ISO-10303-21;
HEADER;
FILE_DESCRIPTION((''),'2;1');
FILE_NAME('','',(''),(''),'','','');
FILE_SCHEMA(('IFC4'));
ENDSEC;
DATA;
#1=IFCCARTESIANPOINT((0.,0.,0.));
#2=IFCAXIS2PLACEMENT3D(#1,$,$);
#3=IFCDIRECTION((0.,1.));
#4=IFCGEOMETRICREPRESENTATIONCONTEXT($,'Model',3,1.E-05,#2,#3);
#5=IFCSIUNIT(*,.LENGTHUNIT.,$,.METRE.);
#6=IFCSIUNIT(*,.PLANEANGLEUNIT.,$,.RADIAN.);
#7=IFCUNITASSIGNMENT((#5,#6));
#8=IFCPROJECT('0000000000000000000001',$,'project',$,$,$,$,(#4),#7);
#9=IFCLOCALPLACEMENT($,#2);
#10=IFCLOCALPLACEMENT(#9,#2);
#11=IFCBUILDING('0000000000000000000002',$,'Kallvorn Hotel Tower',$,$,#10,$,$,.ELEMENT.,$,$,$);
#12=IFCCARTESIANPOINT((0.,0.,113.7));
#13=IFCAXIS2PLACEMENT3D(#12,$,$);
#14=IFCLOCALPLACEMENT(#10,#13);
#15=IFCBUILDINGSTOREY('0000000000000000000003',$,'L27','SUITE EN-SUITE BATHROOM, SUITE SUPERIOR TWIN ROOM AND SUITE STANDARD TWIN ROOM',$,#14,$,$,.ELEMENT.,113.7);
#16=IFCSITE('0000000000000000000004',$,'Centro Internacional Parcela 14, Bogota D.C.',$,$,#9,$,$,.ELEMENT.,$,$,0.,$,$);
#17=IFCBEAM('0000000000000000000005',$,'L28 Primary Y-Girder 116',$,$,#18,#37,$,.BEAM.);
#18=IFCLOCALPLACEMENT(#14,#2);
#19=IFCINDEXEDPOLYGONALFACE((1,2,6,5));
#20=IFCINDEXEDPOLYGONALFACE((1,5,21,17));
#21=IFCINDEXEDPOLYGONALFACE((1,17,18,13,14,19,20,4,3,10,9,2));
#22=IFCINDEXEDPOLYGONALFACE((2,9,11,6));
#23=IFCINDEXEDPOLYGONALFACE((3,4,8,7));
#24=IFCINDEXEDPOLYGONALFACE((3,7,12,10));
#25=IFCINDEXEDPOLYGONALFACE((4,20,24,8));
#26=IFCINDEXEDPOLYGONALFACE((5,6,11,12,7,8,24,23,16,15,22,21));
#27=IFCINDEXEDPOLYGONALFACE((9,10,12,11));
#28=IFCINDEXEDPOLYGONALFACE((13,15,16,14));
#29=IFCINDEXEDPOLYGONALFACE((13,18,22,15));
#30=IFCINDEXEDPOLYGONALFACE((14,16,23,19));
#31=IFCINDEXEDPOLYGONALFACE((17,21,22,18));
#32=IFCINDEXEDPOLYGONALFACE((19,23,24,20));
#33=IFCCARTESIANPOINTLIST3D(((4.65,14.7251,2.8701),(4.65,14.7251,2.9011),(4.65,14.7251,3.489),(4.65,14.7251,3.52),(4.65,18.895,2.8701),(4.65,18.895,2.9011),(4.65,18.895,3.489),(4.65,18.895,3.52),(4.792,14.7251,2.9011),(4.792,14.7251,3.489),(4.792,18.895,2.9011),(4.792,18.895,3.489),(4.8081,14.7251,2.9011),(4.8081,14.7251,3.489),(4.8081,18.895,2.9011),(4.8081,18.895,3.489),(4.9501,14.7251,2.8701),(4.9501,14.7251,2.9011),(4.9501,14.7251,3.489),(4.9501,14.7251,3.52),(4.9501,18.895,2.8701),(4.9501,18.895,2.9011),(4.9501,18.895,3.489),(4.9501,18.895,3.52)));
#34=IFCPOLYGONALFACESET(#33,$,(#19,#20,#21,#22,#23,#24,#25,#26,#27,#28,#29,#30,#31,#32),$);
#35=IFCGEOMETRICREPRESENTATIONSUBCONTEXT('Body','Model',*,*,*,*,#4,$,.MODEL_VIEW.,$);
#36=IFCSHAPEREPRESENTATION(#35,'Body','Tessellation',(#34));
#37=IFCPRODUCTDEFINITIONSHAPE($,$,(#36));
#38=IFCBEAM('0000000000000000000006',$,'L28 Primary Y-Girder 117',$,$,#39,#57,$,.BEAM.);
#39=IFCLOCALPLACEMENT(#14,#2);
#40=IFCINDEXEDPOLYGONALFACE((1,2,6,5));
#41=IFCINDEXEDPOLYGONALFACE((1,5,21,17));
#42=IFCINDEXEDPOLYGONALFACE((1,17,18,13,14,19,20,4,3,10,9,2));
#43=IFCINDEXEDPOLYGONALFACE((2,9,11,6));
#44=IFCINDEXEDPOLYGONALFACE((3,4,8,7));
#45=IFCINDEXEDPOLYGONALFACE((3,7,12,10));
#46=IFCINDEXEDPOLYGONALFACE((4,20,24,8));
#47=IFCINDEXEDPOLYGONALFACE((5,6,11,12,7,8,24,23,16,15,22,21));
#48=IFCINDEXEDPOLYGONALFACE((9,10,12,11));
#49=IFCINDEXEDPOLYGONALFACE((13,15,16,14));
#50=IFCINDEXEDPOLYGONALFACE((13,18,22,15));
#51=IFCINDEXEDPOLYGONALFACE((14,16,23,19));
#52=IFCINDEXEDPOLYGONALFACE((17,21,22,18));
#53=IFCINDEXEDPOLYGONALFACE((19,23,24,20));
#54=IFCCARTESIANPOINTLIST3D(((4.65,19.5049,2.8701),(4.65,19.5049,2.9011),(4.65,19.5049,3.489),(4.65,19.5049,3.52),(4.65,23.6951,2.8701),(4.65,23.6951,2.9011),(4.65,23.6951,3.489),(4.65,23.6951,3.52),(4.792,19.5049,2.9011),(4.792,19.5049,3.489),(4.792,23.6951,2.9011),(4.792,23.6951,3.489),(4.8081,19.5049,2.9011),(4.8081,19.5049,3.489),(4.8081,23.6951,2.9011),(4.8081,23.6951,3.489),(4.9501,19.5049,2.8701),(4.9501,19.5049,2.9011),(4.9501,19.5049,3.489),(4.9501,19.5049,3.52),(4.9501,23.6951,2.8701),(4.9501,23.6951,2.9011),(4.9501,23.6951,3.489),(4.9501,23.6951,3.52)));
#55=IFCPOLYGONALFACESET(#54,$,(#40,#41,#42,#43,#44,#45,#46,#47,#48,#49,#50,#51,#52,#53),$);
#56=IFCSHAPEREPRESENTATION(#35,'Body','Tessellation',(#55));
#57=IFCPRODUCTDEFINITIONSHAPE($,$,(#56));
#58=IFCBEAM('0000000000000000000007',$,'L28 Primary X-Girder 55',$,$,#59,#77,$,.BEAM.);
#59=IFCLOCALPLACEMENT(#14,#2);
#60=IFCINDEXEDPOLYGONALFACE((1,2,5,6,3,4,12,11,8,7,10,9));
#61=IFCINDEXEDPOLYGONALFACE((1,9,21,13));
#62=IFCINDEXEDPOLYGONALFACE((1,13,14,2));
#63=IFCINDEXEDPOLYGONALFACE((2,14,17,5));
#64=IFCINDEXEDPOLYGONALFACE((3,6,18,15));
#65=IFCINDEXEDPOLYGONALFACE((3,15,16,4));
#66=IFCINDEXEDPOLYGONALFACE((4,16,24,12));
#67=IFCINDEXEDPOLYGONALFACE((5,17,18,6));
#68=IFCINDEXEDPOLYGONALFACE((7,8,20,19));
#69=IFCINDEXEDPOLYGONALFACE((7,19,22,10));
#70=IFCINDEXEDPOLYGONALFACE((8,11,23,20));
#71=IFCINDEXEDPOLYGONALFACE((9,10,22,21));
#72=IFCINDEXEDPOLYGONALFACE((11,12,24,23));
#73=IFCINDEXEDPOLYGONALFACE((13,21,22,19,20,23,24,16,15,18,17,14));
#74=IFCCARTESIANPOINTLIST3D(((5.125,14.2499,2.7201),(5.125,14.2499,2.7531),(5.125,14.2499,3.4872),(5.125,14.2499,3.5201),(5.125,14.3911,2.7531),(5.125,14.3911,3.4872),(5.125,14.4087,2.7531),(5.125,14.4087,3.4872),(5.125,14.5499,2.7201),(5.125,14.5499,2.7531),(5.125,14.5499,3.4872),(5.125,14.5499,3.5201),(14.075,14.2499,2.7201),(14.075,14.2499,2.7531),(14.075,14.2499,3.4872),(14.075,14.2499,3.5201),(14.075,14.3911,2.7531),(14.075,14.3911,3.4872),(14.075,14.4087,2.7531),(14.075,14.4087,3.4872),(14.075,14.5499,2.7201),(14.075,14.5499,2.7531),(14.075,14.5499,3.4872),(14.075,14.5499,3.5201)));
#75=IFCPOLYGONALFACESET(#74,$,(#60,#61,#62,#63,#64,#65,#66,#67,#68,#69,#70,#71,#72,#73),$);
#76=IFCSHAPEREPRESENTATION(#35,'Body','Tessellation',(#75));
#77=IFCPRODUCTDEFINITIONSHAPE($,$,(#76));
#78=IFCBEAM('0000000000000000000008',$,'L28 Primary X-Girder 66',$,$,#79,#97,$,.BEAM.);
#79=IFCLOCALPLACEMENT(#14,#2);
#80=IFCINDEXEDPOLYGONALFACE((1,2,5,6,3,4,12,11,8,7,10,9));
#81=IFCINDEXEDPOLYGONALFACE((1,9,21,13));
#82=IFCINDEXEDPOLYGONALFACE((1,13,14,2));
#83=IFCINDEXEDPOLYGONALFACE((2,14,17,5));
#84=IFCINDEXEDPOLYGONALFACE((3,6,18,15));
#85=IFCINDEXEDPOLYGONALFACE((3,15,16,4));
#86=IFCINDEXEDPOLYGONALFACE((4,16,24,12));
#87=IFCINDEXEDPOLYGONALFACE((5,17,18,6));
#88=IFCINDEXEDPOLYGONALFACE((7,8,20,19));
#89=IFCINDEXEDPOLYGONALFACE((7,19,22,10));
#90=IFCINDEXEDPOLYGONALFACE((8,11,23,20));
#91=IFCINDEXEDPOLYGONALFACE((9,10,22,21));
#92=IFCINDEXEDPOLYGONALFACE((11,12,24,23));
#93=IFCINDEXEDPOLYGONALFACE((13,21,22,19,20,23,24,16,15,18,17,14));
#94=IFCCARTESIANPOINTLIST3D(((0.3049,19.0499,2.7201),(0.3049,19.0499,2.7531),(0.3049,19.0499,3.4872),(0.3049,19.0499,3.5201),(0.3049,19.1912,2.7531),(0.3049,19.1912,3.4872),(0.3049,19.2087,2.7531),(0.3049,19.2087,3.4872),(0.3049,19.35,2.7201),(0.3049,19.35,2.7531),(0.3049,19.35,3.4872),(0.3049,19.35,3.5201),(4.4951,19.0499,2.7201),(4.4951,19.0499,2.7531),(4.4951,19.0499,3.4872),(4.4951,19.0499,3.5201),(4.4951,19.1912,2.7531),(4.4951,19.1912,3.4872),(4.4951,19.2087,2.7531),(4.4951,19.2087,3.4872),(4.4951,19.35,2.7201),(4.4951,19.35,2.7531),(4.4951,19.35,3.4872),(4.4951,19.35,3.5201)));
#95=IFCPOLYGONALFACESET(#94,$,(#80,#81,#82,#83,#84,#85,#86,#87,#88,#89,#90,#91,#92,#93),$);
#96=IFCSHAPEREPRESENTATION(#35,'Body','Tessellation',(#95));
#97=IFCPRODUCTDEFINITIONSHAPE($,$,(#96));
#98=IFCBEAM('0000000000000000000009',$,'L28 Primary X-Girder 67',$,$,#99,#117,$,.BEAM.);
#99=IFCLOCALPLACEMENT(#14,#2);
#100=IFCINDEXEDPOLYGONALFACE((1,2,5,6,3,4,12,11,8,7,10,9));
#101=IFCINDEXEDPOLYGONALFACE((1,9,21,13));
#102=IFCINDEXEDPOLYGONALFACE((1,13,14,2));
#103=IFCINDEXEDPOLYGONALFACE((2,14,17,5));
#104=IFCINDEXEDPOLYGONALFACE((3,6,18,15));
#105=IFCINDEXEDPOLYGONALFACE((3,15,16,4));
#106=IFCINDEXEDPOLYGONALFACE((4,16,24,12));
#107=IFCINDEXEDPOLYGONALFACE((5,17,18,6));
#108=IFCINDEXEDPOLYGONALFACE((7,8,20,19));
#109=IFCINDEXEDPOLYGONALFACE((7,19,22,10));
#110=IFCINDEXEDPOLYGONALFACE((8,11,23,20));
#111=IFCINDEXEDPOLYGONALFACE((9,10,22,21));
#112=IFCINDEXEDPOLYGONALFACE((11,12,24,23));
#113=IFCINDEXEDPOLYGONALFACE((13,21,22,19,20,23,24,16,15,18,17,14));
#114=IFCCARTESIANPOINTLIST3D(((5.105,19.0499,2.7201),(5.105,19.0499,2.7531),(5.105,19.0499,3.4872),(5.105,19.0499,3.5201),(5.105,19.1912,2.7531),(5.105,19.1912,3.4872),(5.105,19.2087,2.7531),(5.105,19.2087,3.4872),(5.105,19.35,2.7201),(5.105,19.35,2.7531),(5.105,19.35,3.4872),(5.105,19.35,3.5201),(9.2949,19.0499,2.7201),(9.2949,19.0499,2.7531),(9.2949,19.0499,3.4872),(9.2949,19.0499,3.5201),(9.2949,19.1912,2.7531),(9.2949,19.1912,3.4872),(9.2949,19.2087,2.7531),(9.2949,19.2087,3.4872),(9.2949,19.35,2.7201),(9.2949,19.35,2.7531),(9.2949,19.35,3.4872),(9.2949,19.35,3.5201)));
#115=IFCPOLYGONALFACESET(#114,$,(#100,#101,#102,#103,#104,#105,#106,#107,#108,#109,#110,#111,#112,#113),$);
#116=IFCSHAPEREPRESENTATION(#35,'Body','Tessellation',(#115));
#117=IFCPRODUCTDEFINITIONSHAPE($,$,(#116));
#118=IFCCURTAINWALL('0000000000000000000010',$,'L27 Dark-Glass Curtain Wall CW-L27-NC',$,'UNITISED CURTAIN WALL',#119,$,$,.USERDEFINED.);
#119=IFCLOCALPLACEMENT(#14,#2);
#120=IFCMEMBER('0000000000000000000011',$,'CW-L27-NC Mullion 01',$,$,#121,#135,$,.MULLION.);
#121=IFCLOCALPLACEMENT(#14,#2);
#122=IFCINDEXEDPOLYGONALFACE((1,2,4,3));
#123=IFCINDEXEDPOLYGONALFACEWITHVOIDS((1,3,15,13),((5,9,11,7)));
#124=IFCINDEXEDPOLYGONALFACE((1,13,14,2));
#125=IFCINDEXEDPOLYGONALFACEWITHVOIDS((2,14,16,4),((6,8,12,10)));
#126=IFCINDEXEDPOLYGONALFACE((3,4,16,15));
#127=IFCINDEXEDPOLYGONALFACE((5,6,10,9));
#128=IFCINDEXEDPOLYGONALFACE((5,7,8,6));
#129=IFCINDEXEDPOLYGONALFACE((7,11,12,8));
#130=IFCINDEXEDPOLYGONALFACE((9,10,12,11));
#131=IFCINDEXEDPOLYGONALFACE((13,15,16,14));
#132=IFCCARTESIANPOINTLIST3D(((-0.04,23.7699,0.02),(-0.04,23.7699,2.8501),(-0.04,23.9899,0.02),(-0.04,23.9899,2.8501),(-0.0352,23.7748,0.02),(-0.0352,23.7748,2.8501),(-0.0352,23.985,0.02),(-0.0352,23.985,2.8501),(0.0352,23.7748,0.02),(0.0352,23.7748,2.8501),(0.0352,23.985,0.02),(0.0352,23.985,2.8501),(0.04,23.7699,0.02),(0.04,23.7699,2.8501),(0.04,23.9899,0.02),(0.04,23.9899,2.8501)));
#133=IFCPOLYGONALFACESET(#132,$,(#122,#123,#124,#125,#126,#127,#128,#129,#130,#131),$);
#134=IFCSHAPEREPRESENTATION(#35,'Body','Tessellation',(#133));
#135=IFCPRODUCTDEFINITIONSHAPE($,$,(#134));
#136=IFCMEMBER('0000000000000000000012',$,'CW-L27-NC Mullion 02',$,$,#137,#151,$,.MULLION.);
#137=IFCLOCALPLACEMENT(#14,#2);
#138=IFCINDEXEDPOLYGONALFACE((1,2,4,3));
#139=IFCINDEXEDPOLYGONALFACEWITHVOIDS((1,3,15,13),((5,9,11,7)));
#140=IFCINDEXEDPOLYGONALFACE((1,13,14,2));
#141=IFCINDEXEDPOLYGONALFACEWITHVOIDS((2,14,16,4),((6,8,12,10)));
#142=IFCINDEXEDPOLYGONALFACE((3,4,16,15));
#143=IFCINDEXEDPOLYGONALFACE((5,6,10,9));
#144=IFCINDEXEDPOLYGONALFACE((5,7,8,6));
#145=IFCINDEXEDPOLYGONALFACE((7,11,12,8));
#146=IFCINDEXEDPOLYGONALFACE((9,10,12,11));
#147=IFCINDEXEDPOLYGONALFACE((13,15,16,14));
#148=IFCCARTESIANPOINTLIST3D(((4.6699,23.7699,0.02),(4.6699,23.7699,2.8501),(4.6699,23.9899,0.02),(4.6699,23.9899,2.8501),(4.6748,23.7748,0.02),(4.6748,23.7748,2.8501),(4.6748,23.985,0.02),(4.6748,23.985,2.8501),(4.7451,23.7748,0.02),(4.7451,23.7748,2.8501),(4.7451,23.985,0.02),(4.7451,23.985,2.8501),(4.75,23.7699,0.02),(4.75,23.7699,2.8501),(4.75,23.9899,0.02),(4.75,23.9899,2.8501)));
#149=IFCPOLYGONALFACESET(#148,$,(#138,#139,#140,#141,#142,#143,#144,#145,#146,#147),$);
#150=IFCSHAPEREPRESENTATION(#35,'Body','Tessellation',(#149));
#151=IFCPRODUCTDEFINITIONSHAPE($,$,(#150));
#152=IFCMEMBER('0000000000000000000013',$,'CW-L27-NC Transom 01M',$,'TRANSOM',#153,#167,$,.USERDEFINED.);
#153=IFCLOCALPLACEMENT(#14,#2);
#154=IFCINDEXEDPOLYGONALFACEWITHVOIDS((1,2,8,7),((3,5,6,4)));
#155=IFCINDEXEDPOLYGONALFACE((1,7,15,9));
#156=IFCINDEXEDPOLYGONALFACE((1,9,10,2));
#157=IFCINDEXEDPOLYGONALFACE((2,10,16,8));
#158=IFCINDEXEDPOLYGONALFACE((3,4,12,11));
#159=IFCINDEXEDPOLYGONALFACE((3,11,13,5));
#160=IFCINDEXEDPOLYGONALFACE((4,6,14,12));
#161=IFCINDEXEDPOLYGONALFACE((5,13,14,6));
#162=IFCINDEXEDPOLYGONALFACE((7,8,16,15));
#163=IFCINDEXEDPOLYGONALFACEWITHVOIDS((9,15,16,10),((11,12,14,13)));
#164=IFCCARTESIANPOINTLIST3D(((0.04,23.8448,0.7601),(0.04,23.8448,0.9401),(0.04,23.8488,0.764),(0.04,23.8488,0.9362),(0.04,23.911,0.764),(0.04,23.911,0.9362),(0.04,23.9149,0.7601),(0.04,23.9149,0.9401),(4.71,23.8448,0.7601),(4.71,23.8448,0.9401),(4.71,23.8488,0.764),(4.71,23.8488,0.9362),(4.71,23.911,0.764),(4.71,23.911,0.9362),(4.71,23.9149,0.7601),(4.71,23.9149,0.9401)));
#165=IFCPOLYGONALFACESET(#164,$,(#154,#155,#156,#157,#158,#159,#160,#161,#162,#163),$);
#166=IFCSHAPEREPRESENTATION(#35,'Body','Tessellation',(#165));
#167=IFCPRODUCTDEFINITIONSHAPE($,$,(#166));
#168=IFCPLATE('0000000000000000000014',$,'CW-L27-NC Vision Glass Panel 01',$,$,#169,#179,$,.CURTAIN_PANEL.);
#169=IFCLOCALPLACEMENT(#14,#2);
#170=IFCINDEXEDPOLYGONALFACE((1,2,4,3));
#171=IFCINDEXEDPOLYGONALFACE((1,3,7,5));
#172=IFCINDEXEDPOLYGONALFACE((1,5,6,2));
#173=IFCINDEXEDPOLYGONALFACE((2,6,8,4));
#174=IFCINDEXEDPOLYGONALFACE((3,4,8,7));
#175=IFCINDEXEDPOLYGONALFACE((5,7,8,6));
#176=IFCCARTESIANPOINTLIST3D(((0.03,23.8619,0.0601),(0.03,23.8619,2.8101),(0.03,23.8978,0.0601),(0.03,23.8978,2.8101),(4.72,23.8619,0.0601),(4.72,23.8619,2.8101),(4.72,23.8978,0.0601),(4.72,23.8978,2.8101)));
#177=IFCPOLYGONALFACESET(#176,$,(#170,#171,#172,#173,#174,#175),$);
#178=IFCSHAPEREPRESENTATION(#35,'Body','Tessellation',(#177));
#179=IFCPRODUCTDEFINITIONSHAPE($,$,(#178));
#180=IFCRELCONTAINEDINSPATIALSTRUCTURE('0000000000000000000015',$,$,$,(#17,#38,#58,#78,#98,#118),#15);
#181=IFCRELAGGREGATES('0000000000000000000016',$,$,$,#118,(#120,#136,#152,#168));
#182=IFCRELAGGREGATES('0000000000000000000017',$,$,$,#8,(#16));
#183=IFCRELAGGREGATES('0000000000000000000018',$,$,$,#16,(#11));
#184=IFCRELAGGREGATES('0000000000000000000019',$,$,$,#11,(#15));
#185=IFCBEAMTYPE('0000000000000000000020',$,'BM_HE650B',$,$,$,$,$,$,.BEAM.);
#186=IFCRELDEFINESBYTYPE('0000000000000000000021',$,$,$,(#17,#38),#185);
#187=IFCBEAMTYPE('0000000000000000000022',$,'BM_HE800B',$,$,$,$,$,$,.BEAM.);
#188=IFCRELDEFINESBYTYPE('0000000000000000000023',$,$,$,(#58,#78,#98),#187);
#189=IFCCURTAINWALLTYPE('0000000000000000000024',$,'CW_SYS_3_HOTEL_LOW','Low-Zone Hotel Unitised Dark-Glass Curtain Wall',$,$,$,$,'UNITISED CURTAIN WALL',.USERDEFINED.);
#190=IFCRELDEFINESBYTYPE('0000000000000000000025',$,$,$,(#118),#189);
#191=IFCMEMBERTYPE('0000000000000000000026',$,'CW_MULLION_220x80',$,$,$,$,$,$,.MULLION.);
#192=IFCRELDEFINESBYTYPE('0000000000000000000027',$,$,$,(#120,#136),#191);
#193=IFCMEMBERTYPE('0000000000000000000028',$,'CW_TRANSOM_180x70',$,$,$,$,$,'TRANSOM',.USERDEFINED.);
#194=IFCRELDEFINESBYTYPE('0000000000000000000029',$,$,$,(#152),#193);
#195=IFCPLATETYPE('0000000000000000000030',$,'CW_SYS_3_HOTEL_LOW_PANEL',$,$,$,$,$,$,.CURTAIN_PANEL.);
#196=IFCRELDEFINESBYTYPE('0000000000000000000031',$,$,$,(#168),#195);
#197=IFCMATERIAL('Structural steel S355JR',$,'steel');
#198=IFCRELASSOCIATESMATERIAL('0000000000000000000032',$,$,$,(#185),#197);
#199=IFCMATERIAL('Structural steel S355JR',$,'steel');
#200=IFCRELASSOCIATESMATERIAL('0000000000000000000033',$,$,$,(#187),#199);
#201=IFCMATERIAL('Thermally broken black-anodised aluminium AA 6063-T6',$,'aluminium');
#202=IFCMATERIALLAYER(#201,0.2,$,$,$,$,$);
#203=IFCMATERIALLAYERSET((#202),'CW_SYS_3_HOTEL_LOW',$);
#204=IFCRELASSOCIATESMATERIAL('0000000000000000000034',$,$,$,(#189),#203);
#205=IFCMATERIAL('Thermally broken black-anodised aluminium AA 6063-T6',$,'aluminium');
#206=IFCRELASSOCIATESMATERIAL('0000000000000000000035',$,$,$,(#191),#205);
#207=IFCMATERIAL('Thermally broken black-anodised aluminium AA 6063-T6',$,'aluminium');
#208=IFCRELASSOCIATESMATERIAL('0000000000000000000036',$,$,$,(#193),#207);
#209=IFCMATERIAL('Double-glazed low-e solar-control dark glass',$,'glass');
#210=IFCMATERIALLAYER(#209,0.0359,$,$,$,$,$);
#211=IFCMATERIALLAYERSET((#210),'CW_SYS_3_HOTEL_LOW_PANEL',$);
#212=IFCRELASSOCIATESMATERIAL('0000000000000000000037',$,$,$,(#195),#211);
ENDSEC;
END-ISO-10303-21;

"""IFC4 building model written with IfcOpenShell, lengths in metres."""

from ifc_helpers import new_model, si_unit, direction, frame, origin, origin_2d, place, context, subcontext, project, spatial, rectangle, hollow_rectangle, i_section, extrude, material, layer, layer_set, material_profile, profile_set, type_object, element, aggregate, save


model = new_model("IFC4")

# Units and contexts
model_context = context("Model", 3, precision=1e-05, world=origin(), true_north=direction((0.0, 1.0)))
body_context = subcontext(model_context, "Body", "Model", "MODEL_VIEW")
ifc_project = project(units=[si_unit("LENGTHUNIT", "METRE"), si_unit("PLANEANGLEUNIT", "RADIAN")], contexts=[model_context])

# Site, building, storey
site_placement = place(None, origin())
site = spatial("IfcSite", under=ifc_project, at=site_placement, Name="Centro Internacional Parcela 14, Bogota D.C.", CompositionType="ELEMENT", RefElevation=0.0)
building_placement = place(site_placement, origin())
building = spatial("IfcBuilding", under=site, at=building_placement, Name="Kallvorn Hotel Tower", CompositionType="ELEMENT")
storey_placement = place(building_placement, frame((0.0, 0.0, 113.7)))
storey = spatial("IfcBuildingStorey", under=building, at=storey_placement, Name="L27", Description="SUITE EN-SUITE BATHROOM, SUITE SUPERIOR TWIN ROOM AND SUITE STANDARD TWIN ROOM", CompositionType="ELEMENT", Elevation=113.7)

# Beams
ifc_material_1 = material(Name="Structural steel S355JR", Category="steel")
ifc_material_profile_1 = material_profile(ifc_material_1, i_section(OverallWidth=0.3, OverallDepth=0.6499, WebThickness=0.0161, FlangeThickness=0.031, at=origin_2d()), Name="HE 650 B")
ifc_profile_set_1 = profile_set([ifc_material_profile_1], Name="Structural steel S355JR")
beam_type_1 = type_object("IfcBeamType", Name="BM_HE650B", PredefinedType="BEAM", material=ifc_profile_set_1)
beam_1_placement = place(storey_placement, frame((4.8, 14.7251, 3.1951), z_axis=(0.0, 1.0, 0.0), x_axis=(-1.0, 0.0, 0.0)))
element("IfcBeam", 1, at=beam_1_placement, inside=storey, type_object=beam_type_1, Name="L28 Primary Y-Girder 116", PredefinedType="BEAM", context=body_context, shape_type="SweptSolid", body=[
    extrude(i_section(OverallWidth=0.3, OverallDepth=0.6499, WebThickness=0.0161, FlangeThickness=0.031, at=origin_2d()), origin(), (0.0, 0.0, 1.0), 4.1699),
])
beam_2_placement = place(storey_placement, frame((4.8, 19.5049, 3.1951), z_axis=(0.0, 1.0, 0.0), x_axis=(-1.0, 0.0, 0.0)))
element("IfcBeam", 2, at=beam_2_placement, inside=storey, type_object=beam_type_1, Name="L28 Primary Y-Girder 117", PredefinedType="BEAM", context=body_context, shape_type="SweptSolid", body=[
    extrude(i_section(OverallWidth=0.3, OverallDepth=0.6499, WebThickness=0.0161, FlangeThickness=0.031, at=origin_2d()), origin(), (0.0, 0.0, 1.0), 4.1902),
])
ifc_material_2 = material(Name="Structural steel S355JR", Category="steel")
ifc_material_profile_2 = material_profile(ifc_material_2, i_section(OverallWidth=0.3, OverallDepth=0.8, WebThickness=0.0176, FlangeThickness=0.033, at=origin_2d()), Name="HE 800 B")
ifc_profile_set_2 = profile_set([ifc_material_profile_2], Name="Structural steel S355JR")
beam_type_2 = type_object("IfcBeamType", Name="BM_HE800B", PredefinedType="BEAM", material=ifc_profile_set_2)
beam_3_placement = place(storey_placement, frame((5.125, 14.3999, 3.1201), z_axis=(1.0, 0.0, 0.0), x_axis=(0.0, 1.0, 0.0)))
element("IfcBeam", 3, at=beam_3_placement, inside=storey, type_object=beam_type_2, Name="L28 Primary X-Girder 55", PredefinedType="BEAM", context=body_context, shape_type="SweptSolid", body=[
    extrude(i_section(OverallWidth=0.3, OverallDepth=0.8, WebThickness=0.0176, FlangeThickness=0.033, at=origin_2d()), origin(), (0.0, 0.0, 1.0), 8.95),
])
beam_4_placement = place(storey_placement, frame((0.3049, 19.2, 3.1201), z_axis=(1.0, 0.0, 0.0), x_axis=(0.0, 1.0, 0.0)))
element("IfcBeam", 4, at=beam_4_placement, inside=storey, type_object=beam_type_2, Name="L28 Primary X-Girder 66", PredefinedType="BEAM", context=body_context, shape_type="SweptSolid", body=[
    extrude(i_section(OverallWidth=0.3, OverallDepth=0.8, WebThickness=0.0176, FlangeThickness=0.033, at=origin_2d()), origin(), (0.0, 0.0, 1.0), 4.1902),
])
beam_5_placement = place(storey_placement, frame((5.105, 19.2, 3.1201), z_axis=(1.0, 0.0, 0.0), x_axis=(0.0, 1.0, 0.0)))
element("IfcBeam", 5, at=beam_5_placement, inside=storey, type_object=beam_type_2, Name="L28 Primary X-Girder 67", PredefinedType="BEAM", context=body_context, shape_type="SweptSolid", body=[
    extrude(i_section(OverallWidth=0.3, OverallDepth=0.8, WebThickness=0.0176, FlangeThickness=0.033, at=origin_2d()), origin(), (0.0, 0.0, 1.0), 4.1899),
])

# Curtain wall, members, plate
ifc_material_3 = material(Name="Thermally broken black-anodised aluminium AA 6063-T6", Category="aluminium")
ifc_layer_1 = layer(ifc_material_3, 0.2)
ifc_layer_set_1 = layer_set([ifc_layer_1], Name="CW_SYS_3_HOTEL_LOW")
curtain_wall_type = type_object("IfcCurtainWallType", Name="CW_SYS_3_HOTEL_LOW", Description="Low-Zone Hotel Unitised Dark-Glass Curtain Wall", ElementType="UNITISED CURTAIN WALL", PredefinedType="USERDEFINED", material=ifc_layer_set_1)
curtain_wall_placement = place(storey_placement, origin())
curtain_wall = element("IfcCurtainWall", 6, at=curtain_wall_placement, inside=storey, type_object=curtain_wall_type, Name="L27 Dark-Glass Curtain Wall CW-L27-NC", ObjectType="UNITISED CURTAIN WALL", PredefinedType="USERDEFINED")
ifc_material_4 = material(Name="Thermally broken black-anodised aluminium AA 6063-T6", Category="aluminium")
ifc_material_profile_3 = material_profile(ifc_material_4, hollow_rectangle(XDim=0.0801, YDim=0.22, WallThickness=0.0049, at=origin_2d()), Name="MUL 220x80")
ifc_profile_set_3 = profile_set([ifc_material_profile_3], Name="Thermally broken black-anodised aluminium AA 6063-T6")
member_type_1 = type_object("IfcMemberType", Name="CW_MULLION_220x80", PredefinedType="MULLION", material=ifc_profile_set_3)
member_1_placement = place(storey_placement, frame((0.0, 23.8799, 0.02), z_axis=(0.0, 0.0, 1.0), x_axis=(1.0, 0.0, 0.0)))
member_1 = element("IfcMember", 7, at=member_1_placement, type_object=member_type_1, Name="CW-L27-NC Mullion 01", PredefinedType="MULLION", context=body_context, shape_type="SweptSolid", body=[
    extrude(hollow_rectangle(XDim=0.0801, YDim=0.22, WallThickness=0.0049, at=origin_2d()), origin(), (0.0, 0.0, 1.0), 2.8301),
])
member_2_placement = place(storey_placement, frame((4.71, 23.8799, 0.02), z_axis=(0.0, 0.0, 1.0), x_axis=(1.0, 0.0, 0.0)))
member_2 = element("IfcMember", 8, at=member_2_placement, type_object=member_type_1, Name="CW-L27-NC Mullion 02", PredefinedType="MULLION", context=body_context, shape_type="SweptSolid", body=[
    extrude(hollow_rectangle(XDim=0.0801, YDim=0.22, WallThickness=0.0049, at=origin_2d()), origin(), (0.0, 0.0, 1.0), 2.8301),
])
ifc_material_5 = material(Name="Thermally broken black-anodised aluminium AA 6063-T6", Category="aluminium")
ifc_material_profile_4 = material_profile(ifc_material_5, hollow_rectangle(XDim=0.0701, YDim=0.1799, WallThickness=0.0039, at=origin_2d()), Name="TRN 180x70")
ifc_profile_set_4 = profile_set([ifc_material_profile_4], Name="Thermally broken black-anodised aluminium AA 6063-T6")
member_type_2 = type_object("IfcMemberType", Name="CW_TRANSOM_180x70", ElementType="TRANSOM", PredefinedType="USERDEFINED", material=ifc_profile_set_4)
member_3_placement = place(storey_placement, frame((0.04, 23.8799, 0.8501), z_axis=(1.0, 0.0, 0.0), x_axis=(0.0, 1.0, 0.0)))
member_3 = element("IfcMember", 9, at=member_3_placement, type_object=member_type_2, Name="CW-L27-NC Transom 01M", ObjectType="TRANSOM", PredefinedType="USERDEFINED", context=body_context, shape_type="SweptSolid", body=[
    extrude(hollow_rectangle(XDim=0.0701, YDim=0.1799, WallThickness=0.0039, at=origin_2d()), origin(), (0.0, 0.0, 1.0), 4.6699),
])
ifc_material_6 = material(Name="Double-glazed low-e solar-control dark glass", Category="glass")
ifc_layer_2 = layer(ifc_material_6, 0.0359)
ifc_layer_set_2 = layer_set([ifc_layer_2], Name="CW_SYS_3_HOTEL_LOW_PANEL")
plate_type = type_object("IfcPlateType", Name="CW_SYS_3_HOTEL_LOW_PANEL", PredefinedType="CURTAIN_PANEL", material=ifc_layer_set_2)
plate_placement = place(storey_placement, frame((2.375, 23.8799, 0.0601), z_axis=(0.0, 0.0, 1.0), x_axis=(1.0, 0.0, 0.0)))
plate = element("IfcPlate", 10, at=plate_placement, type_object=plate_type, Name="CW-L27-NC Vision Glass Panel 01", PredefinedType="CURTAIN_PANEL", context=body_context, shape_type="SweptSolid", body=[
    extrude(rectangle(XDim=4.6899, YDim=0.0359, at=origin_2d()), origin(), (0.0, 0.0, 1.0), 2.75),
])
aggregate(curtain_wall, [member_1, member_2, member_3, plate])

save(model, "model.ifc")
